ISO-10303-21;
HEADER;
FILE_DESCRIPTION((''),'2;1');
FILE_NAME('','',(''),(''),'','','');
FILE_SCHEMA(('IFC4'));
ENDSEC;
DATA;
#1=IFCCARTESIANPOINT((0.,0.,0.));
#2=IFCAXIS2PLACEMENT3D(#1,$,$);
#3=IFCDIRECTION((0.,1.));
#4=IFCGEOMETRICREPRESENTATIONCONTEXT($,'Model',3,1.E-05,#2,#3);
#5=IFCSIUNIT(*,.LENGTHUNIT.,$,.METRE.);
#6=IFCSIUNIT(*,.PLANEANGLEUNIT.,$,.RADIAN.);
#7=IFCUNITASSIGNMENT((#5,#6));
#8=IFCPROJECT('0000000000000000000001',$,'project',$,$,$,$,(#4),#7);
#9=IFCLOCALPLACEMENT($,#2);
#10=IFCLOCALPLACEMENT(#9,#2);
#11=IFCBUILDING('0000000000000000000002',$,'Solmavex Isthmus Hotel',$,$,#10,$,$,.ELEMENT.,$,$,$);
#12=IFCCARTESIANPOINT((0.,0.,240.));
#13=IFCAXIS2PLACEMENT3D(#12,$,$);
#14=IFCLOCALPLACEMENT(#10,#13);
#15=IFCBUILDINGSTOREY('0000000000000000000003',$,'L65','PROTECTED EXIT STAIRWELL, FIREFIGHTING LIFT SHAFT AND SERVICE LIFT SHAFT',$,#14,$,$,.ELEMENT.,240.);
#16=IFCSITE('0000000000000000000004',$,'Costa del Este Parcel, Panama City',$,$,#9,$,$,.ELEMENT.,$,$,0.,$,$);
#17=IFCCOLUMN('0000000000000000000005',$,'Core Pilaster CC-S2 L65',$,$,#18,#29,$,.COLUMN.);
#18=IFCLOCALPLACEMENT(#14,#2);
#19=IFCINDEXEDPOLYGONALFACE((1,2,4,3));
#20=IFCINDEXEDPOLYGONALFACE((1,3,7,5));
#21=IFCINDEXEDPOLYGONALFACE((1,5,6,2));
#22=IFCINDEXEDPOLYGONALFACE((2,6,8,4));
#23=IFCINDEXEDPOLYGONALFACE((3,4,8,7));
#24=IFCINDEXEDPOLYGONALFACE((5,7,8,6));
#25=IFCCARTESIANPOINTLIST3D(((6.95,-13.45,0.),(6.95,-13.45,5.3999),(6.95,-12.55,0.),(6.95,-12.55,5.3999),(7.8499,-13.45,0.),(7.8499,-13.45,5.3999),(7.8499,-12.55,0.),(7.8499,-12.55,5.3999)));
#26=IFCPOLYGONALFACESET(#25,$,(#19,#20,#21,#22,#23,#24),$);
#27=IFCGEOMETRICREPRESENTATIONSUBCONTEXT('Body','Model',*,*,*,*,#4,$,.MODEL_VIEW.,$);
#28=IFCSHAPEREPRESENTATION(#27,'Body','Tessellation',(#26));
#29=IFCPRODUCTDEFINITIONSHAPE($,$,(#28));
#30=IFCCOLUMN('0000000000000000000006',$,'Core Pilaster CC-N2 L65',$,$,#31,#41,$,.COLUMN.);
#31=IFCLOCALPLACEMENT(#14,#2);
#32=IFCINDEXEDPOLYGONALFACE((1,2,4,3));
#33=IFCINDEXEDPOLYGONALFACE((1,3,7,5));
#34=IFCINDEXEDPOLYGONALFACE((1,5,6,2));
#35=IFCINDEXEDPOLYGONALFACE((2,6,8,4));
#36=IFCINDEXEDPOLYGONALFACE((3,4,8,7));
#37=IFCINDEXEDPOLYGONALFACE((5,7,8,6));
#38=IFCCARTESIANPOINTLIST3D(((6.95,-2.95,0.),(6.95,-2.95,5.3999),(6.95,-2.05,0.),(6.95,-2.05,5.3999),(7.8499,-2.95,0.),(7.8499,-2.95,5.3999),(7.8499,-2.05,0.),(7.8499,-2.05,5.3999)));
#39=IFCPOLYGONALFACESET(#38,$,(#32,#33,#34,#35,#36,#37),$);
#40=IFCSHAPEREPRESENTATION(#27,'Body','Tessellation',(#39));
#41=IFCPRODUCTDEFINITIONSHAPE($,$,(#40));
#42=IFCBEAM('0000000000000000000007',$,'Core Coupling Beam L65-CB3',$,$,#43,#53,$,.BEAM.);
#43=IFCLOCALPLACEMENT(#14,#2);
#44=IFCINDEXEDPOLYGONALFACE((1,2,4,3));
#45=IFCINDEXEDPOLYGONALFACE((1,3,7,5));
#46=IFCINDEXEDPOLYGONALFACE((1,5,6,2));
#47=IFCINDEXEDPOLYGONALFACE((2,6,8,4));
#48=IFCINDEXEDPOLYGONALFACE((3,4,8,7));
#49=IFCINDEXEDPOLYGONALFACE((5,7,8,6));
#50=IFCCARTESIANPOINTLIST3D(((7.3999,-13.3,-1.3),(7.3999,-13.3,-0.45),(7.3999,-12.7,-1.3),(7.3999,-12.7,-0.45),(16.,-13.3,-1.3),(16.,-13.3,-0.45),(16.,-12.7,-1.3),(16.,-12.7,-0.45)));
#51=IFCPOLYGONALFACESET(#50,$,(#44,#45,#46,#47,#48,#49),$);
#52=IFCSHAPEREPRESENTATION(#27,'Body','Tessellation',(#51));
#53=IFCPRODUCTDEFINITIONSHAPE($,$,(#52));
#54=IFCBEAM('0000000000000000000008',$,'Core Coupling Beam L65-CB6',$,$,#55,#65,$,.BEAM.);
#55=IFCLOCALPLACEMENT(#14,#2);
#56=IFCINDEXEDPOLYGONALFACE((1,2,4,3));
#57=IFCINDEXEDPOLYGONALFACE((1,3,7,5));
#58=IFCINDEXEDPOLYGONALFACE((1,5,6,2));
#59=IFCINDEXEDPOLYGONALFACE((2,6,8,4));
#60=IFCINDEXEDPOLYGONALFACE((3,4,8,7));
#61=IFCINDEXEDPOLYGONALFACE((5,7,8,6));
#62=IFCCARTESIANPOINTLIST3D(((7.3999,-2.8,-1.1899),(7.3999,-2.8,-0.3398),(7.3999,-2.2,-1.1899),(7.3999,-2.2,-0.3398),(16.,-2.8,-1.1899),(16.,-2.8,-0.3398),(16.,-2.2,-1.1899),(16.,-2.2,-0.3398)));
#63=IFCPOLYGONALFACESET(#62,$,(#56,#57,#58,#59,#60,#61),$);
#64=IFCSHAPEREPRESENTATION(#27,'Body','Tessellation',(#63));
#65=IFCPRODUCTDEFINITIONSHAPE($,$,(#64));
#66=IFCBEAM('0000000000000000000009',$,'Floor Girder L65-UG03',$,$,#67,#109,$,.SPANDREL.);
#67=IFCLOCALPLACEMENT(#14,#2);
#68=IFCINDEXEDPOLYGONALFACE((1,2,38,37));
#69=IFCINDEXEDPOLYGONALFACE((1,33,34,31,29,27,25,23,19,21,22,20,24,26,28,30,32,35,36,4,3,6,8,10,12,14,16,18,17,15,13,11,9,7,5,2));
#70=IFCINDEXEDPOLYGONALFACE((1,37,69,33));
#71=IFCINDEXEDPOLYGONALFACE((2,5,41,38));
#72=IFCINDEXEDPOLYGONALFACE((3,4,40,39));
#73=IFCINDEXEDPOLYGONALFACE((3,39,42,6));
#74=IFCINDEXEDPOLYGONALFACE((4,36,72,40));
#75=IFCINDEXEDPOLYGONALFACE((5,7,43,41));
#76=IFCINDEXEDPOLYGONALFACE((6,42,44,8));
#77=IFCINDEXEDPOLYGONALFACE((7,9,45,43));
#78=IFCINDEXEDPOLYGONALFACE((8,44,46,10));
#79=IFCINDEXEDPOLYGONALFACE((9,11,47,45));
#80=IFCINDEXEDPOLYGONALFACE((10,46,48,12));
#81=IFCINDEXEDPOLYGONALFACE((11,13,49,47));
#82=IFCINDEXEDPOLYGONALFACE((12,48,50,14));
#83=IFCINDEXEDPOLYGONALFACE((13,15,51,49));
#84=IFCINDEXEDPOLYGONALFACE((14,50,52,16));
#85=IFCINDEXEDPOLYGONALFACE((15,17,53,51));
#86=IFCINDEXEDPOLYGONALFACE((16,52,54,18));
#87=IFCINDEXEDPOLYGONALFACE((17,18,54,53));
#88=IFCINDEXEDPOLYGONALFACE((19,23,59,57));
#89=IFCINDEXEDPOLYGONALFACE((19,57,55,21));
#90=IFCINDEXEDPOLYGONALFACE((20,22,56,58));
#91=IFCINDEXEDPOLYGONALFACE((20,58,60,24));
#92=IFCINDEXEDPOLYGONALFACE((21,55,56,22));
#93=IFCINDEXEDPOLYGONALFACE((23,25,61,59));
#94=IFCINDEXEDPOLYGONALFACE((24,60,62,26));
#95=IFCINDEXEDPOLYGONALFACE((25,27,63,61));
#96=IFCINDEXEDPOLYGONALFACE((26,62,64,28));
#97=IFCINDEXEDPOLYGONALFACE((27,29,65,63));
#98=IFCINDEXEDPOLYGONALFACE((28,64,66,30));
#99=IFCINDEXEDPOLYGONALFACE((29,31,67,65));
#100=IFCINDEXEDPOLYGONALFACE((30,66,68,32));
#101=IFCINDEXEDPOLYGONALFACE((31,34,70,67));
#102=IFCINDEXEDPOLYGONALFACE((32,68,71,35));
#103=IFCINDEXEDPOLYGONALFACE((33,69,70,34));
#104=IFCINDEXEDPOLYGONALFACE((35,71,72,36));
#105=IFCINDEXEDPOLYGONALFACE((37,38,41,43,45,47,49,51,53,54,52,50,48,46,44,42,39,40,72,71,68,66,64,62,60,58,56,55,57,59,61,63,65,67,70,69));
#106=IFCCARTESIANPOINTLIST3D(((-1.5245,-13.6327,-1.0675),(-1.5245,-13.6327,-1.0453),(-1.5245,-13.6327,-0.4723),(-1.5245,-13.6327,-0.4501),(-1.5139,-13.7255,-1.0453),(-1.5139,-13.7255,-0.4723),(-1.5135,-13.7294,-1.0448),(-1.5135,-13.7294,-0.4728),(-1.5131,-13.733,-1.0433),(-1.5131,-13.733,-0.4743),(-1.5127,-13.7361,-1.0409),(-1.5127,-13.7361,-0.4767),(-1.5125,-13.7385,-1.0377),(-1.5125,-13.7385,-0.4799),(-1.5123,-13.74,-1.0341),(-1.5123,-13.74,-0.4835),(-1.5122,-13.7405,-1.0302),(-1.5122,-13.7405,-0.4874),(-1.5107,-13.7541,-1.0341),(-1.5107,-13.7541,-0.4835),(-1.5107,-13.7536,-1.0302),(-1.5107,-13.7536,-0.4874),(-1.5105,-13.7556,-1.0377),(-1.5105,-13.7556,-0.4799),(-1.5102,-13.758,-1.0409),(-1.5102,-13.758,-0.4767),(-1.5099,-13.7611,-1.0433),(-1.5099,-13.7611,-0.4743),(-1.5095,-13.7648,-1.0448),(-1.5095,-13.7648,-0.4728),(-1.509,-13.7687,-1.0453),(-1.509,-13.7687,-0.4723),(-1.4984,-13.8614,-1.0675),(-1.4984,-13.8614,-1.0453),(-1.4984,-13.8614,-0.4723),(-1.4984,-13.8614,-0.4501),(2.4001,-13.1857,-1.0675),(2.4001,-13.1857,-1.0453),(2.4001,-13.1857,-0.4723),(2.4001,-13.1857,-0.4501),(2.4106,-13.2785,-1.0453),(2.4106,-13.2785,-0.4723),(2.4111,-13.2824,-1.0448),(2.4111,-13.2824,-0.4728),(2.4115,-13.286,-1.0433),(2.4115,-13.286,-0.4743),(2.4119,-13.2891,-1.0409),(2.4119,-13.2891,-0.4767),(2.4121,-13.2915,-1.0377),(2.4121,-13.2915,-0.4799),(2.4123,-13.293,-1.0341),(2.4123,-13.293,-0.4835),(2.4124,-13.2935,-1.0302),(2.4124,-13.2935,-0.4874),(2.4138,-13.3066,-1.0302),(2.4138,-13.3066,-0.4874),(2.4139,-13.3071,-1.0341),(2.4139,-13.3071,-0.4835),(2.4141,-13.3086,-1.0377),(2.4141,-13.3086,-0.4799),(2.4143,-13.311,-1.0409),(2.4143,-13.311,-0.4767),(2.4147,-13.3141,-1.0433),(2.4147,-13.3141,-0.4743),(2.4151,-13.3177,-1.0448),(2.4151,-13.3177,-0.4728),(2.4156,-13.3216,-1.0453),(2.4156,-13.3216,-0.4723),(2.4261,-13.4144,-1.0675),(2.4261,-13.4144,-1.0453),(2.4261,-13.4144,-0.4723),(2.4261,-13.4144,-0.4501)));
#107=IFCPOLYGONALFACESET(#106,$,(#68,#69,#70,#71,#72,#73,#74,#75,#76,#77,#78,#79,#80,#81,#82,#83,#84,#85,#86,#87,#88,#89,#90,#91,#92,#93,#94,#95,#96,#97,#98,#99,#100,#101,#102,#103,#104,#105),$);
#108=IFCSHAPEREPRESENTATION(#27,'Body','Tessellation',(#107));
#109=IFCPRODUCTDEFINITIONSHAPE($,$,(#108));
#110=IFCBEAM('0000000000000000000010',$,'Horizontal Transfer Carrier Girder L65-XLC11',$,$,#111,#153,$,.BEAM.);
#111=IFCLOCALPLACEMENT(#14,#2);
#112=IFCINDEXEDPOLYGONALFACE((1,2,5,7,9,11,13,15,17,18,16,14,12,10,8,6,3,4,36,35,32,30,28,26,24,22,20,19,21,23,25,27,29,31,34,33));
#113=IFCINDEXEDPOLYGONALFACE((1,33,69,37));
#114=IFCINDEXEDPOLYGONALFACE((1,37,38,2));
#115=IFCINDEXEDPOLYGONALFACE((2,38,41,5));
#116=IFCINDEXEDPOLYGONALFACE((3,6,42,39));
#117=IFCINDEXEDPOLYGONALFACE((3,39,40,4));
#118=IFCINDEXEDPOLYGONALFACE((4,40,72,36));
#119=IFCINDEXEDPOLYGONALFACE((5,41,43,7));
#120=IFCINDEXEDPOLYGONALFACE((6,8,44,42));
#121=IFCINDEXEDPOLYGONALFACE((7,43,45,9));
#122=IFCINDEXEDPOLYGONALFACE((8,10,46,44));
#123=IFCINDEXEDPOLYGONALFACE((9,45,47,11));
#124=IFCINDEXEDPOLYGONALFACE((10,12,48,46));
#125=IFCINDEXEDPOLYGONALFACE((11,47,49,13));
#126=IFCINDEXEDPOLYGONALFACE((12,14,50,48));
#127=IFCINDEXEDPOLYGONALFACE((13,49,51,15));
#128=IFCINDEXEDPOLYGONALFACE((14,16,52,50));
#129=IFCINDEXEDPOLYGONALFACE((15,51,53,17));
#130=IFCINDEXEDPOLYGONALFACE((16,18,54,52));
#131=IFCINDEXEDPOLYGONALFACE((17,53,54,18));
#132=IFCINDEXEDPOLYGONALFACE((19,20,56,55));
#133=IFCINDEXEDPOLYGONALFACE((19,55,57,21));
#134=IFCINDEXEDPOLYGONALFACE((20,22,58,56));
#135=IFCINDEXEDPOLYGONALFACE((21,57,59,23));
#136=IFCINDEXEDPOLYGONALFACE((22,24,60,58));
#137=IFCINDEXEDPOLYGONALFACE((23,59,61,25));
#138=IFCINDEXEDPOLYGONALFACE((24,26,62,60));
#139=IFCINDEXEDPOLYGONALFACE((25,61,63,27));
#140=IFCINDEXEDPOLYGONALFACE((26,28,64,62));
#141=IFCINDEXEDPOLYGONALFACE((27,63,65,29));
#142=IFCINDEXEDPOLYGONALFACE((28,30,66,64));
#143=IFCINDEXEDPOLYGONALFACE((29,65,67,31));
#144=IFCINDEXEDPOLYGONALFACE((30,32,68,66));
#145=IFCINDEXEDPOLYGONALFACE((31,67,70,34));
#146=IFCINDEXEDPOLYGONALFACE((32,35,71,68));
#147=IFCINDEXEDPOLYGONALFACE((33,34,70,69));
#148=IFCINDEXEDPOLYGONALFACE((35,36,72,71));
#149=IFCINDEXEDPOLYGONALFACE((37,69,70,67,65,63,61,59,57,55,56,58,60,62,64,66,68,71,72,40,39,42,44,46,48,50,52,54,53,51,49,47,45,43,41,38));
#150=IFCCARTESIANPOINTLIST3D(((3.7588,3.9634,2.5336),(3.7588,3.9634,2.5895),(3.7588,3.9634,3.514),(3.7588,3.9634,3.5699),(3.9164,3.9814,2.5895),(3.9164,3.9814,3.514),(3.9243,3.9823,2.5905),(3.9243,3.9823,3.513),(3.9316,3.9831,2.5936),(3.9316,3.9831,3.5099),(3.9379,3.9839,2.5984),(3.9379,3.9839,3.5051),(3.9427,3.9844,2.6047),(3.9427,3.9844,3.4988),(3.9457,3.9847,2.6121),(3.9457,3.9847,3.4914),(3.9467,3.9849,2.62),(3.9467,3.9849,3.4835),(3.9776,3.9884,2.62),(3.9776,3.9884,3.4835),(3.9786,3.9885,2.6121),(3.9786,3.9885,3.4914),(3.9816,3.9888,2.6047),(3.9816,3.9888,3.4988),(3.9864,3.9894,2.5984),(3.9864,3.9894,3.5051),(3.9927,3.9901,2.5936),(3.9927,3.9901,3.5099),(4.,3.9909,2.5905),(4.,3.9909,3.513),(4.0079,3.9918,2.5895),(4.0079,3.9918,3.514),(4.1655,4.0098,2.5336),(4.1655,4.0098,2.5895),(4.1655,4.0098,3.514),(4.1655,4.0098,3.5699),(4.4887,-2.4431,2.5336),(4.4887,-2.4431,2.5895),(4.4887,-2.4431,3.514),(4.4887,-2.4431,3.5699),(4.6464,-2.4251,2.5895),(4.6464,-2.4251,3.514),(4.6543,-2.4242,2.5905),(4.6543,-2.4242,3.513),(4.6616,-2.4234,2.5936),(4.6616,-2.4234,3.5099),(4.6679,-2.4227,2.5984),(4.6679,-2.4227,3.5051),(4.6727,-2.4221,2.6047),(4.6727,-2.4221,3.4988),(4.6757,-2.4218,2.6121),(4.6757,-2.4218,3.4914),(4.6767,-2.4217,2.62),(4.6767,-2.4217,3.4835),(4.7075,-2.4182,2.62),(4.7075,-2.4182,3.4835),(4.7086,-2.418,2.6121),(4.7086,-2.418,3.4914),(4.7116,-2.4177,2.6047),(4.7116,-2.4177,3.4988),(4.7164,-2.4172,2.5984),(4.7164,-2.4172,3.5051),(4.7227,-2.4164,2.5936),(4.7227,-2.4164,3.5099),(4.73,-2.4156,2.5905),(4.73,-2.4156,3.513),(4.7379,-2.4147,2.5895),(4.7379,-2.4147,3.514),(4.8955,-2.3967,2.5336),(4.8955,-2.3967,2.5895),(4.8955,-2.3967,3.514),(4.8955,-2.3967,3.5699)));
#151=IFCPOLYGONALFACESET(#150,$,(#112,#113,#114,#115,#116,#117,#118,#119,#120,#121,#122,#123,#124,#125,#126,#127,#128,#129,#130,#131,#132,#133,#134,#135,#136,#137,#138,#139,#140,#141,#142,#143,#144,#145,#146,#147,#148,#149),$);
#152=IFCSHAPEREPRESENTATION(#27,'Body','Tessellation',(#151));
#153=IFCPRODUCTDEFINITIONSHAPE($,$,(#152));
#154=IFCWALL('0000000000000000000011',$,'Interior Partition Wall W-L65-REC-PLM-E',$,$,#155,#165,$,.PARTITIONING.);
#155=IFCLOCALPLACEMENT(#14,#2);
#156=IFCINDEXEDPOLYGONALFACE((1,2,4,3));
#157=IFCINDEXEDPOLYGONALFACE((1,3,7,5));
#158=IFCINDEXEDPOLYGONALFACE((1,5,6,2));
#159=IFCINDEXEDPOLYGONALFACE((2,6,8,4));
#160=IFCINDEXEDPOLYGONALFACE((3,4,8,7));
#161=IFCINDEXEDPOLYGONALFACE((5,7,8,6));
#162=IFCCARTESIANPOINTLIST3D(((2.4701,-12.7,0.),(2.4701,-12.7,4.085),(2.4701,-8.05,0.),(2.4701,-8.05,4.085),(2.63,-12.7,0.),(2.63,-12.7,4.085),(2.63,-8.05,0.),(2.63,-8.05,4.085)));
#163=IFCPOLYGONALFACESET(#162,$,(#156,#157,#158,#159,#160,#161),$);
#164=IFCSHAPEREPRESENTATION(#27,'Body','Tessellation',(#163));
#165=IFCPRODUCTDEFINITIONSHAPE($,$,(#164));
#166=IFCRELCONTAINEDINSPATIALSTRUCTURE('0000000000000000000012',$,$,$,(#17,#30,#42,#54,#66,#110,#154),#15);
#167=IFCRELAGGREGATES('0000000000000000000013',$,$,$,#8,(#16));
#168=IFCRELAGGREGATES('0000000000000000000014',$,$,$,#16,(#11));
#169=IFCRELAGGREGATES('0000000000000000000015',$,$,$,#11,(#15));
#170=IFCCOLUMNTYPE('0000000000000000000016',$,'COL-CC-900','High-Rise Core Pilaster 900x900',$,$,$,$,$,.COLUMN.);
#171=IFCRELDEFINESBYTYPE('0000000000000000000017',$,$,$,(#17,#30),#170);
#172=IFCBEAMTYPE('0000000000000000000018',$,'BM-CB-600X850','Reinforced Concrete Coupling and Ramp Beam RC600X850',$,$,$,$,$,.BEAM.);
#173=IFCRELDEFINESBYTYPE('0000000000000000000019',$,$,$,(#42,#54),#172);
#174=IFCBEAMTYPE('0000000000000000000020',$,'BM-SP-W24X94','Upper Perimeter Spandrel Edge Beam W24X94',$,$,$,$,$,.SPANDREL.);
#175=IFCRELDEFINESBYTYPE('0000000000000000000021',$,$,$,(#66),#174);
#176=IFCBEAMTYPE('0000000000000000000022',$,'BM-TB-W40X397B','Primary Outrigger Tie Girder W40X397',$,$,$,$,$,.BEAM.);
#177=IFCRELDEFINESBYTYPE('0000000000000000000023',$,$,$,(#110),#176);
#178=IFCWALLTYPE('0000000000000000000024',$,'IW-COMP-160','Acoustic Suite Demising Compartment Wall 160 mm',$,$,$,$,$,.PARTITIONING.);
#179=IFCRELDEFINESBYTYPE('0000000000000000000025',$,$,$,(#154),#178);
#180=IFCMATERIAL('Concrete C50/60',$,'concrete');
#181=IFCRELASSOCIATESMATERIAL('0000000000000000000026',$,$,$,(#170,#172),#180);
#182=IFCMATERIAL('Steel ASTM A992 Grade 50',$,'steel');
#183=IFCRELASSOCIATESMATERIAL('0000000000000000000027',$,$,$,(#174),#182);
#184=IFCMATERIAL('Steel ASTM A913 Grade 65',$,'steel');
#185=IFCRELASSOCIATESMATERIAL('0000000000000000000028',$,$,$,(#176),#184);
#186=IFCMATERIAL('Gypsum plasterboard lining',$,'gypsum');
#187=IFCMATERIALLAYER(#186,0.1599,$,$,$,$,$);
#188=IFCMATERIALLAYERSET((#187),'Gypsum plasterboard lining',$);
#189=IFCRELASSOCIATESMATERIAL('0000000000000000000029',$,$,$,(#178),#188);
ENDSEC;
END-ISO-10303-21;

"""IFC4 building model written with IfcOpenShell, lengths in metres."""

from ifc_helpers import new_model, si_unit, direction, frame, frame_2d, origin, origin_2d, place, context, subcontext, project, spatial, rectangle, i_section, extrude, material, layer, layer_set, material_profile, profile_set, type_object, element, save


model = new_model("IFC4")

# Units and contexts
model_context = context("Model", 3, precision=1e-05, world=origin(), true_north=direction((0.0, 1.0)))
body_context = subcontext(model_context, "Body", "Model", "MODEL_VIEW")
ifc_project = project(units=[si_unit("LENGTHUNIT", "METRE"), si_unit("PLANEANGLEUNIT", "RADIAN")], contexts=[model_context])

# Site, building, storey
site_placement = place(None, origin())
site = spatial("IfcSite", under=ifc_project, at=site_placement, Name="Costa del Este Parcel, Panama City", CompositionType="ELEMENT", RefElevation=0.0)
building_placement = place(site_placement, origin())
building = spatial("IfcBuilding", under=site, at=building_placement, Name="Solmavex Isthmus Hotel", CompositionType="ELEMENT")
storey_placement = place(building_placement, frame((0.0, 0.0, 240.0)))
storey = spatial("IfcBuildingStorey", under=building, at=storey_placement, Name="L65", Description="PROTECTED EXIT STAIRWELL, FIREFIGHTING LIFT SHAFT AND SERVICE LIFT SHAFT", CompositionType="ELEMENT", Elevation=240.0)

# Columns
ifc_material_1 = material(Name="Concrete C50/60", Category="concrete")
ifc_material_profile_1 = material_profile(ifc_material_1, rectangle(XDim=0.8999, YDim=0.8999, at=origin_2d()), Name="RC900X900")
ifc_profile_set_1 = profile_set([ifc_material_profile_1], Name="Concrete C50/60")
column_type = type_object("IfcColumnType", Name="COL-CC-900", Description="High-Rise Core Pilaster 900x900", PredefinedType="COLUMN", material=ifc_profile_set_1)
for number, where, z_axis, x_axis, name in (
    (1, (7.3999, -13.0, 0.0), (0.0, 0.0, 1.0), (1.0, 0.0, 0.0), "Core Pilaster CC-S2 L65"),
    (2, (7.3999, -2.5, 0.0), (0.0, 0.0, 1.0), (1.0, 0.0, 0.0), "Core Pilaster CC-N2 L65"),
):
    element("IfcColumn", number, at=place(storey_placement, frame(where, z_axis=z_axis, x_axis=x_axis)), inside=storey, type_object=column_type, Name=name, PredefinedType="COLUMN", context=body_context, shape_type="SweptSolid", body=[
        extrude(rectangle(XDim=0.8999, YDim=0.8999, at=origin_2d()), origin(), (0.0, 0.0, 1.0), 5.3999),
    ])

# Beams
ifc_material_profile_2 = material_profile(ifc_material_1, rectangle(XDim=0.6001, YDim=0.8501, at=origin_2d()), Name="RC600X850")
ifc_profile_set_2 = profile_set([ifc_material_profile_2], Name="Concrete C50/60")
beam_type_1 = type_object("IfcBeamType", Name="BM-CB-600X850", Description="Reinforced Concrete Coupling and Ramp Beam RC600X850", PredefinedType="BEAM", material=ifc_profile_set_2)
for number, where, z_axis, x_axis, name in (
    (3, (7.3999, -13.0, -0.875), (1.0, 0.0, 0.0), (0.0, 1.0, 0.0), "Core Coupling Beam L65-CB3"),
    (4, (7.3999, -2.5, -0.7649), (1.0, 0.0, 0.0), (0.0, 1.0, 0.0), "Core Coupling Beam L65-CB6"),
):
    element("IfcBeam", number, at=place(storey_placement, frame(where, z_axis=z_axis, x_axis=x_axis)), inside=storey, type_object=beam_type_1, Name=name, PredefinedType="BEAM", context=body_context, shape_type="SweptSolid", body=[
        extrude(rectangle(XDim=0.6001, YDim=0.8501, at=origin_2d()), origin(), (0.0, 0.0, 1.0), 8.6001),
    ])
ifc_material_2 = material(Name="Steel ASTM A992 Grade 50", Category="steel")
ifc_material_profile_3 = material_profile(ifc_material_2, i_section(OverallWidth=0.2302, OverallDepth=0.6174, WebThickness=0.0132, FlangeThickness=0.0222, FilletRadius=0.0151, at=origin_2d()), Name="W24X94")
ifc_profile_set_3 = profile_set([ifc_material_profile_3], Name="Steel ASTM A992 Grade 50")
beam_type_2 = type_object("IfcBeamType", Name="BM-SP-W24X94", Description="Upper Perimeter Spandrel Edge Beam W24X94", PredefinedType="SPANDREL", material=ifc_profile_set_3)
beam_1_placement = place(storey_placement, frame((-1.5115, -13.7471, -0.7588), z_axis=(0.993575, 0.113172, 0.0), x_axis=(-0.113172, 0.993575, 0.0)))
element("IfcBeam", 5, at=beam_1_placement, inside=storey, type_object=beam_type_2, Name="Floor Girder L65-UG03", PredefinedType="SPANDREL", context=body_context, shape_type="SweptSolid", body=[
    extrude(i_section(OverallWidth=0.2302, OverallDepth=0.6174, WebThickness=0.0132, FlangeThickness=0.0222, FilletRadius=0.0151, at=origin_2d()), origin(), (0.0, 0.0, 1.0), 3.95),
])
ifc_material_3 = material(Name="Steel ASTM A913 Grade 65", Category="steel")
ifc_material_profile_4 = material_profile(ifc_material_3, i_section(OverallWidth=0.4094, OverallDepth=1.0364, WebThickness=0.031, FlangeThickness=0.0559, FilletRadius=0.0305, at=origin_2d()), Name="W40X397")
ifc_profile_set_4 = profile_set([ifc_material_profile_4], Name="Steel ASTM A913 Grade 65")
beam_type_3 = type_object("IfcBeamType", Name="BM-TB-W40X397B", Description="Primary Outrigger Tie Girder W40X397", PredefinedType="BEAM", material=ifc_profile_set_4)
beam_2_placement = place(storey_placement, frame((4.6921, -2.4199, 3.0518), z_axis=(-0.113211, 0.993571, 0.0), x_axis=(-0.993571, -0.113211, 0.0)))
element("IfcBeam", 6, at=beam_2_placement, inside=storey, type_object=beam_type_3, Name="Horizontal Transfer Carrier Girder L65-XLC11", PredefinedType="BEAM", context=body_context, shape_type="SweptSolid", body=[
    extrude(i_section(OverallWidth=0.4094, OverallDepth=1.0364, WebThickness=0.031, FlangeThickness=0.0559, FilletRadius=0.0305, at=origin_2d()), origin(), (0.0, 0.0, 1.0), 6.448),
])

# Wall
ifc_material_4 = material(Name="Gypsum plasterboard lining", Category="gypsum")
ifc_layer_1 = layer(ifc_material_4, 0.1599)
ifc_layer_set_1 = layer_set([ifc_layer_1], Name="Gypsum plasterboard lining")
wall_type_1 = type_object("IfcWallType", Name="IW-COMP-160", Description="Acoustic Suite Demising Compartment Wall 160 mm", PredefinedType="PARTITIONING", material=ifc_layer_set_1)
wall_1_placement = place(storey_placement, frame((2.55, -12.7, 0.0), z_axis=(0.0, 0.0, 1.0), x_axis=(0.0, 1.0, 0.0)))
element("IfcWall", 7, at=wall_1_placement, inside=storey, type_object=wall_type_1, Name="Interior Partition Wall W-L65-REC-PLM-E", PredefinedType="PARTITIONING", context=body_context, shape_type="SweptSolid", body=[
    extrude(rectangle(XDim=4.6499, YDim=0.1599, at=frame_2d((2.325, 0.0))), origin(), (0.0, 0.0, 1.0), 4.085),
])

save(model, "model.ifc")
